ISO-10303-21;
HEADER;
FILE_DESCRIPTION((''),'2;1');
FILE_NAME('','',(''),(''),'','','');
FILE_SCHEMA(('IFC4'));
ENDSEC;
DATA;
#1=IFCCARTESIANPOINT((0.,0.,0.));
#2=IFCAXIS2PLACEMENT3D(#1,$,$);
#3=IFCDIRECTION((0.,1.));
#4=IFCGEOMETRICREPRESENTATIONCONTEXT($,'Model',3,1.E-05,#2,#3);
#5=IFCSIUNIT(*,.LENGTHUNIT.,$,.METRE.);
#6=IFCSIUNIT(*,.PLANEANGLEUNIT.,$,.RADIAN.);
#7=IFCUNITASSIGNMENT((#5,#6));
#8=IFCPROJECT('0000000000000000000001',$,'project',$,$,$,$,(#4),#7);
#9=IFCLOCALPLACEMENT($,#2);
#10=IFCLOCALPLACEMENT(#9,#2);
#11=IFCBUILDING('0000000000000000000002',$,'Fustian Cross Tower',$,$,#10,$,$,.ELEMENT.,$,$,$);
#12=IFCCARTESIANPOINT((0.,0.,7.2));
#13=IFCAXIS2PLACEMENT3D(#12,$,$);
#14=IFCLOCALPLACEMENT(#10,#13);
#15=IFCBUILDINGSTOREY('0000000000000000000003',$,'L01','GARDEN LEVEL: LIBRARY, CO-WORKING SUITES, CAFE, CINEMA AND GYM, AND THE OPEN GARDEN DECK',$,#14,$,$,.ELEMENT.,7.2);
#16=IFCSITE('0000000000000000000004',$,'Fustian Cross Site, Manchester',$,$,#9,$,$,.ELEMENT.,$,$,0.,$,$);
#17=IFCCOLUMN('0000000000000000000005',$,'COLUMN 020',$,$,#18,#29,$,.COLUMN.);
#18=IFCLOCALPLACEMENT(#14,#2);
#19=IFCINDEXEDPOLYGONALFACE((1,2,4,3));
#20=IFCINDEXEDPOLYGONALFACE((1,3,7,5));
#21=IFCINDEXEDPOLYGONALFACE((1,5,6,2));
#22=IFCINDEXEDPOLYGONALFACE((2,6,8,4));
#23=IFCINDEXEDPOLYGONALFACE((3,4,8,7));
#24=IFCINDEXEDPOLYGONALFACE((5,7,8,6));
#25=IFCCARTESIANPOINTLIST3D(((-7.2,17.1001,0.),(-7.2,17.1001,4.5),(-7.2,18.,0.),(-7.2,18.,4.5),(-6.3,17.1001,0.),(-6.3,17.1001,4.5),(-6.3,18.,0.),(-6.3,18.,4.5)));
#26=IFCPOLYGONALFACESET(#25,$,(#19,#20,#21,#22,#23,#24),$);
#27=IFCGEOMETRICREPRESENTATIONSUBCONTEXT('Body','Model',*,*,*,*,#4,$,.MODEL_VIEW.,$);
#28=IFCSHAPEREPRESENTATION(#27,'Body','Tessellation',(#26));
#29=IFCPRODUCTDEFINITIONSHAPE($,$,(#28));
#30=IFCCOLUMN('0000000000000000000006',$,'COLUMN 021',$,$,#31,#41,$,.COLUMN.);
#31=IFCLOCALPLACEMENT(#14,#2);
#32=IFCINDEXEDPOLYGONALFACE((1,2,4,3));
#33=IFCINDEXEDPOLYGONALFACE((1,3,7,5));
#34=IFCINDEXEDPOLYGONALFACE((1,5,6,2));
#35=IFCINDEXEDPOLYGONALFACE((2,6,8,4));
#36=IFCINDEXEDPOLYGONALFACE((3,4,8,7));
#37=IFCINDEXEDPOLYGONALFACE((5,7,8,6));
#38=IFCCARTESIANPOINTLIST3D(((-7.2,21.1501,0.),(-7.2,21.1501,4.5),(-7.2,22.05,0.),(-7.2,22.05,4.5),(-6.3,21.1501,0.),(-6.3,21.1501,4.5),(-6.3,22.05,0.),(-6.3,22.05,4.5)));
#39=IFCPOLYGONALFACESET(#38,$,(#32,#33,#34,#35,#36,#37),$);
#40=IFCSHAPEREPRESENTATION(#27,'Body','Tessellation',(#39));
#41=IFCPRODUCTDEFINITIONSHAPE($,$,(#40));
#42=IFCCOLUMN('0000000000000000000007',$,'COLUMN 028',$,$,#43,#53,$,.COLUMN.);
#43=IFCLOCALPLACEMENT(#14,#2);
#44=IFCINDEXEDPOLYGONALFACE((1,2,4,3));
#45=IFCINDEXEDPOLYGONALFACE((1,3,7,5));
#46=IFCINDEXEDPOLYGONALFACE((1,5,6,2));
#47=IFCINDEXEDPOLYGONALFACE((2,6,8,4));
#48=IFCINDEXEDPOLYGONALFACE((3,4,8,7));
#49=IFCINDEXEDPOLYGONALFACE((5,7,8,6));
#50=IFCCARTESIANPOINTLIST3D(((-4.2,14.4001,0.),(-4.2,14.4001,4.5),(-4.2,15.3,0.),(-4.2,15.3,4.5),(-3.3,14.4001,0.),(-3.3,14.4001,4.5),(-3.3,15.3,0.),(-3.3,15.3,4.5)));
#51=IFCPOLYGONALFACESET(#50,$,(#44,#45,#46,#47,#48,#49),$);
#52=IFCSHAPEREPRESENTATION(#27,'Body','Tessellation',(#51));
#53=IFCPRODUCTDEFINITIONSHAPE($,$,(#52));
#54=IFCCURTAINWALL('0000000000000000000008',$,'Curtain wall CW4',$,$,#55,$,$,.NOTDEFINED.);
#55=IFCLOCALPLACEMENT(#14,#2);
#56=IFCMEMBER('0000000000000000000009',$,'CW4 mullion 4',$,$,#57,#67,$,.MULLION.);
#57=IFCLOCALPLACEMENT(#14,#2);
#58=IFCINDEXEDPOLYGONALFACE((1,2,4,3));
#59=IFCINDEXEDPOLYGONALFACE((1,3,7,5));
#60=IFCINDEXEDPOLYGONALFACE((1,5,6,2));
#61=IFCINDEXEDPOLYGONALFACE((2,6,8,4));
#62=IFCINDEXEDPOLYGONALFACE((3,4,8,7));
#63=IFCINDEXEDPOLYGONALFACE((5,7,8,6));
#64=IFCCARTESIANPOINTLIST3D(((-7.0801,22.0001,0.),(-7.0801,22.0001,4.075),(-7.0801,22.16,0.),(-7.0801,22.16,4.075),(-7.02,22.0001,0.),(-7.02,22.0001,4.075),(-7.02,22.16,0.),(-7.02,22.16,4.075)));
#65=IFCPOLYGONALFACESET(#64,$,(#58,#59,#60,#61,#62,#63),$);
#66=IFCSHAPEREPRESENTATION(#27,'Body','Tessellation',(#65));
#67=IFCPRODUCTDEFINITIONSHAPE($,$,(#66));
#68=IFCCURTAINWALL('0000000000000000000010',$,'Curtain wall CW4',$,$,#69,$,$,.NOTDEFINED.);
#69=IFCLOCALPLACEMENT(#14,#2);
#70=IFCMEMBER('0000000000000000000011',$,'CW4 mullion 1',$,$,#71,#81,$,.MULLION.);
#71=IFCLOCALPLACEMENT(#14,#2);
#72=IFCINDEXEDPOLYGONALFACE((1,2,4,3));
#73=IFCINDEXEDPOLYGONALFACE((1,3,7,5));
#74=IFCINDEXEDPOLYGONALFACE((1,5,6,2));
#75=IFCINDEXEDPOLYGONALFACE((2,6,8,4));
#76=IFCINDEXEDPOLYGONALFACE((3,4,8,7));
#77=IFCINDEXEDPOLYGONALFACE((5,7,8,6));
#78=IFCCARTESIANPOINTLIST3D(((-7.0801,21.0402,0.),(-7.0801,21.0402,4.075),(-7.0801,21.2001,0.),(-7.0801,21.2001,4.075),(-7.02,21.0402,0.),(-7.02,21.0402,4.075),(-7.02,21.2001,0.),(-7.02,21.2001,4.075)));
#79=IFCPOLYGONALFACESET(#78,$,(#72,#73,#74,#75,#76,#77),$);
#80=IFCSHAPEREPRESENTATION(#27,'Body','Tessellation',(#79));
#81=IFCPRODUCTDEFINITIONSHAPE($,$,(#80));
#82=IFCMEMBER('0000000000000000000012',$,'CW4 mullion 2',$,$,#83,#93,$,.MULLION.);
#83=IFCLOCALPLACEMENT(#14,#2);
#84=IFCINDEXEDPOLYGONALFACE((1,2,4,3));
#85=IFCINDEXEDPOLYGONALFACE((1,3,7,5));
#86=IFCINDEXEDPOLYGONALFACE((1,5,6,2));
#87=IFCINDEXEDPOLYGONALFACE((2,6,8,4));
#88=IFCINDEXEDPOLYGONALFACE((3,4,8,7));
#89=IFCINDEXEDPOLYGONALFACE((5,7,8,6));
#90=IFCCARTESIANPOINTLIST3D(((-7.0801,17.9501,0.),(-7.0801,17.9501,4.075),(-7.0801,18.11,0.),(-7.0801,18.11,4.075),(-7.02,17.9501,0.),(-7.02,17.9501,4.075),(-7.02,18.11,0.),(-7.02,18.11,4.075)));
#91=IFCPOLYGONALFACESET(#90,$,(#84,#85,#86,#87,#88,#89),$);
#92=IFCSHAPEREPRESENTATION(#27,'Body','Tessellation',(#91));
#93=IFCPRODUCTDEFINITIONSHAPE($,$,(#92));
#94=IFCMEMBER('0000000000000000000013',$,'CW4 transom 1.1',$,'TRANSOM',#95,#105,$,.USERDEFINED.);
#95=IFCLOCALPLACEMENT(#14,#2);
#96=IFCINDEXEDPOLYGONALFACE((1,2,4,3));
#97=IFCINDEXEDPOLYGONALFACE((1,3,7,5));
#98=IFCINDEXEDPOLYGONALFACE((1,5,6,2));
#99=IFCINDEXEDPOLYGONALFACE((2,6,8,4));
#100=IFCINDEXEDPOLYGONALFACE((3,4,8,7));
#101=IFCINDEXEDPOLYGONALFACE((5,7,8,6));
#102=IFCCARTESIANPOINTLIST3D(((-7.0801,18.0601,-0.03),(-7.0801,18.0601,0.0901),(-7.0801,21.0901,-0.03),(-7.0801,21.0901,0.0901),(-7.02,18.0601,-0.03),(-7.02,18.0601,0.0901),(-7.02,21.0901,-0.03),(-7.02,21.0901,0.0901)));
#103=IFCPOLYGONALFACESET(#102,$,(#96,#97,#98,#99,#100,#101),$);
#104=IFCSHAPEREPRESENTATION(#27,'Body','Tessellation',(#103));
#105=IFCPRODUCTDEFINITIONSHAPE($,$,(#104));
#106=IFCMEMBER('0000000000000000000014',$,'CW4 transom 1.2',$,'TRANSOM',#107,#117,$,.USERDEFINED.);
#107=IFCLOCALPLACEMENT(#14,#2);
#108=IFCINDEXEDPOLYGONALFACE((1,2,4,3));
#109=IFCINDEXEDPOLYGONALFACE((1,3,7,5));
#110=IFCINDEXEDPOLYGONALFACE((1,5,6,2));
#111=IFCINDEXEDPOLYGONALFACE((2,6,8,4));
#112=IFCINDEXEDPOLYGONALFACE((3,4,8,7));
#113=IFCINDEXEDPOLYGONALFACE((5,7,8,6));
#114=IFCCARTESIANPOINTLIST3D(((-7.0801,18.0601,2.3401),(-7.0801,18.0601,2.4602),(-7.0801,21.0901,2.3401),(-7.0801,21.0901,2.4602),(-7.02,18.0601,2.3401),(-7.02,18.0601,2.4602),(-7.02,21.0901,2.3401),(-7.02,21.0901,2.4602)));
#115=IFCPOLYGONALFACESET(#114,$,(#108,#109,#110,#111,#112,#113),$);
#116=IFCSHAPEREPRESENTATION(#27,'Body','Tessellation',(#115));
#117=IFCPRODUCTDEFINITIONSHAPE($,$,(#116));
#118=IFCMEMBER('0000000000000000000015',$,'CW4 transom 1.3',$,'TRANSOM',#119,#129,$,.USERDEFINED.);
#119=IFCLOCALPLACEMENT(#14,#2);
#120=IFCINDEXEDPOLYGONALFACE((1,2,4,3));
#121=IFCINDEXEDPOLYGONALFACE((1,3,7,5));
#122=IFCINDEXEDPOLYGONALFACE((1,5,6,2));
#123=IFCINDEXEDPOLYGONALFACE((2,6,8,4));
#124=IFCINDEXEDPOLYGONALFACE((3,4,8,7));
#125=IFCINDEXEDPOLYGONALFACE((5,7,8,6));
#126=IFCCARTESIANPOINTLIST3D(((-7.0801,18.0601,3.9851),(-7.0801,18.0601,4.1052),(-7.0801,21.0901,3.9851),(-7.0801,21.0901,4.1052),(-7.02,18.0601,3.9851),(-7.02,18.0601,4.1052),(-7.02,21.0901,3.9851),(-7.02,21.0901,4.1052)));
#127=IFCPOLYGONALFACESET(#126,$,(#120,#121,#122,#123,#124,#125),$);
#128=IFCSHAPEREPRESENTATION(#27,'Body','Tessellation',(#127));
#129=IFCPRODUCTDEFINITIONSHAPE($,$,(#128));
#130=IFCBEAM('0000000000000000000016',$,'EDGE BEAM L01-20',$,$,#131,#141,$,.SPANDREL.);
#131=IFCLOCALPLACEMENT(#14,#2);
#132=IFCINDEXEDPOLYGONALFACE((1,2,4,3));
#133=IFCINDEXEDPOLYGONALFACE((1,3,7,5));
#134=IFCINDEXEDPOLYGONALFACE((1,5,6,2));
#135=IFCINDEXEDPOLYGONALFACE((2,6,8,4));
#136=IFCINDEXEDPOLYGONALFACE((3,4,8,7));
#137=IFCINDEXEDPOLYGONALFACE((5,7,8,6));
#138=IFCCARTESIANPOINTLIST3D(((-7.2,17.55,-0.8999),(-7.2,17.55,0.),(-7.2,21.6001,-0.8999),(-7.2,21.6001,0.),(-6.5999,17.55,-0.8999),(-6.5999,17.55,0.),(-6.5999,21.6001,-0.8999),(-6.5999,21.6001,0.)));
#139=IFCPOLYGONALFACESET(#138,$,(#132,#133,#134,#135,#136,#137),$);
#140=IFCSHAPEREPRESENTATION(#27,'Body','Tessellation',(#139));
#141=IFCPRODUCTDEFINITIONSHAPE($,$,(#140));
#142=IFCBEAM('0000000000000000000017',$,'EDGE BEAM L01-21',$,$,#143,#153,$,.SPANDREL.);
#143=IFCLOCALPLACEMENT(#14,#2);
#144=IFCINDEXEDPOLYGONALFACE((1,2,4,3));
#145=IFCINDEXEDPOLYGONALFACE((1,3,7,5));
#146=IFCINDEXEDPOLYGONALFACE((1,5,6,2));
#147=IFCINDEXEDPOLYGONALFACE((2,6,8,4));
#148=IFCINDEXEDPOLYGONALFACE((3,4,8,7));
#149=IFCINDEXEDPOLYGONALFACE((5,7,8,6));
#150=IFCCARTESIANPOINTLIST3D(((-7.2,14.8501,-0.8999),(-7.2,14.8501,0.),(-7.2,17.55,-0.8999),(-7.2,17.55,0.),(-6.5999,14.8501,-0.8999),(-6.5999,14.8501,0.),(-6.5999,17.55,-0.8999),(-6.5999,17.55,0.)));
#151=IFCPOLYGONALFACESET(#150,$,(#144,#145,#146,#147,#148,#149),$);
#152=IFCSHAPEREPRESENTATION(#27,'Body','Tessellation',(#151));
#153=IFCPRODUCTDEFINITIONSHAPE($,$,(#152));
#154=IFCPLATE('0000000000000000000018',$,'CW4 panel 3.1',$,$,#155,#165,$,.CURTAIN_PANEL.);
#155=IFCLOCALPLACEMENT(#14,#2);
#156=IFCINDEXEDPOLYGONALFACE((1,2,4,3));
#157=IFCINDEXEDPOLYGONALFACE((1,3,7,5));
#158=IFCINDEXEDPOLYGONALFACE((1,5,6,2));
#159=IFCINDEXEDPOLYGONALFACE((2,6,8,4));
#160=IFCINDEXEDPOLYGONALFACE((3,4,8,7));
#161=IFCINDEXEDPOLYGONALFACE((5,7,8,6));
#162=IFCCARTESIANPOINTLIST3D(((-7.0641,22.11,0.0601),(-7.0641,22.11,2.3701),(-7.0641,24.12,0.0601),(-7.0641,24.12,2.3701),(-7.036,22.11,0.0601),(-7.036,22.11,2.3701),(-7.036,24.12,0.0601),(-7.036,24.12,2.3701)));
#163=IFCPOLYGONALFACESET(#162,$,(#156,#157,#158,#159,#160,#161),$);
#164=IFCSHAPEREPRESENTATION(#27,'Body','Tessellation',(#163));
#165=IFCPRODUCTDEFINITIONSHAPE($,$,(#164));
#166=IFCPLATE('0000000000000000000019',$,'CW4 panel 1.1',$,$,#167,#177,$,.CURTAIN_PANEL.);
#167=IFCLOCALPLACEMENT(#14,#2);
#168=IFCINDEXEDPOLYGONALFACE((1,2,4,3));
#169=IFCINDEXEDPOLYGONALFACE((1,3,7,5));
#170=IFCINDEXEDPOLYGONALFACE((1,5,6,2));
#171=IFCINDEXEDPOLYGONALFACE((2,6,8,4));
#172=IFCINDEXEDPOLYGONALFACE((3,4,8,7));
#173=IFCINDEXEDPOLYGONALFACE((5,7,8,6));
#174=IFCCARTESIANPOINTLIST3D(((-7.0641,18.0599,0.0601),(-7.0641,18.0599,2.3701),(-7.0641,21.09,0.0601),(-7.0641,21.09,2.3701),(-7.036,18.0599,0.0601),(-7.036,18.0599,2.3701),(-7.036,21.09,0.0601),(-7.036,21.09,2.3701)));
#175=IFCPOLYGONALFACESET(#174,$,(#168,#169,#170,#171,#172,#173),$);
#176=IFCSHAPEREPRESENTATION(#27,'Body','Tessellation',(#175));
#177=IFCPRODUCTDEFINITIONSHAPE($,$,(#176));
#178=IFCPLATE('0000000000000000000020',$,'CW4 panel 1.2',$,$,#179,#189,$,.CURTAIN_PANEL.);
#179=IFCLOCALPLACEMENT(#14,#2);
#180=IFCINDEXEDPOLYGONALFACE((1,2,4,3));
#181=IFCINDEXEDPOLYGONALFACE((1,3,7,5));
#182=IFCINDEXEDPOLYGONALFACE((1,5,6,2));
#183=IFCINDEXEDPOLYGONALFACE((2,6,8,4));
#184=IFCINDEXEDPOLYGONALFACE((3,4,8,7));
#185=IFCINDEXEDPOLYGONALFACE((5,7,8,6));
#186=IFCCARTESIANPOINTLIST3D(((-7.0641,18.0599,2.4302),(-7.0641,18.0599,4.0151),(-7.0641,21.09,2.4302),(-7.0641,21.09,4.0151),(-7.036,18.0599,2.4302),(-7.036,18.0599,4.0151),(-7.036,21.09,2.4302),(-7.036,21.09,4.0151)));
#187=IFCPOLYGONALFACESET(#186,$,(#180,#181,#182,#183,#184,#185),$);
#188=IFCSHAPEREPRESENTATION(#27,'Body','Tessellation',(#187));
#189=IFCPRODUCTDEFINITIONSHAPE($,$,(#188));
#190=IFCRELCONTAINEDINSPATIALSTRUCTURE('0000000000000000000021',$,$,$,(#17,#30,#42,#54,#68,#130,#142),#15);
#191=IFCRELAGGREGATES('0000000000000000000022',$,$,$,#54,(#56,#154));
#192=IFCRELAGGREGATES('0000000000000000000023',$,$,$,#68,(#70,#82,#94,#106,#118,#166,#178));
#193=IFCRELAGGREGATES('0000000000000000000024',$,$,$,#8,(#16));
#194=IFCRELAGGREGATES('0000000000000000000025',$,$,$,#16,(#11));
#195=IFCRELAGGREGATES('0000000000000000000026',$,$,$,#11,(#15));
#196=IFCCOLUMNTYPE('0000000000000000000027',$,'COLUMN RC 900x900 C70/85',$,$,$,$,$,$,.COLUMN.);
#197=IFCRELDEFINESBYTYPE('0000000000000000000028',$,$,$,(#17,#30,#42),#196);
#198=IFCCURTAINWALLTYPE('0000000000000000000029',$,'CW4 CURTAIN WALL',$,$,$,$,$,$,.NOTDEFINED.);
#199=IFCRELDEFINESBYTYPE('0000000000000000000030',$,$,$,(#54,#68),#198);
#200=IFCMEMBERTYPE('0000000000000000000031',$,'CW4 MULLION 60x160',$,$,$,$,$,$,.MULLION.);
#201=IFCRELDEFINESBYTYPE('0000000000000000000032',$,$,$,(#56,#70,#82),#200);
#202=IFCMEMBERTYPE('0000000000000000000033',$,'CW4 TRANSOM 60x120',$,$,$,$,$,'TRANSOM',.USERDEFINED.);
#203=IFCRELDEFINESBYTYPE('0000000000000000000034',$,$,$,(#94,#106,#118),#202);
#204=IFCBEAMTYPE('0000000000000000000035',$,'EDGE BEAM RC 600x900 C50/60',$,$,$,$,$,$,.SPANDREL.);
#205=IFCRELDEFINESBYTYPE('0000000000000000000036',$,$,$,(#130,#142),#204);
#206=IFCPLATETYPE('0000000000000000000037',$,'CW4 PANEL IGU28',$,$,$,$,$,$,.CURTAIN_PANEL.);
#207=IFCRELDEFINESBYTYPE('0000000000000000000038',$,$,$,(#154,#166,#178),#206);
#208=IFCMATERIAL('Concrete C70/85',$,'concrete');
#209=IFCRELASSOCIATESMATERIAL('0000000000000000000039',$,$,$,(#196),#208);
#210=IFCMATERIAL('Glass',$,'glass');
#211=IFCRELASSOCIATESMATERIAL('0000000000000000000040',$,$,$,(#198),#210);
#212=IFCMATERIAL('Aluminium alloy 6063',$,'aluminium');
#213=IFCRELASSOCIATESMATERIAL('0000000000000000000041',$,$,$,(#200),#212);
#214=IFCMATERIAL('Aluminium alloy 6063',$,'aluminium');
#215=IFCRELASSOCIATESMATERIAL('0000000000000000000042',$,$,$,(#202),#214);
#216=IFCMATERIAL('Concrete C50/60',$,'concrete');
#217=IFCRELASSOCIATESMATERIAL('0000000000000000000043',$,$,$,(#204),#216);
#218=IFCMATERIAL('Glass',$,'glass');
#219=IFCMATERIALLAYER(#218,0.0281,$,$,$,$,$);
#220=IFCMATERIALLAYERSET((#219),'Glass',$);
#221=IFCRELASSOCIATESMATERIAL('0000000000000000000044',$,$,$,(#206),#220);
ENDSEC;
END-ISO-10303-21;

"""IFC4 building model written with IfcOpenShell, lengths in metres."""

from ifc_helpers import new_model, si_unit, direction, frame, origin, origin_2d, place, context, subcontext, project, spatial, rectangle, extrude, material, layer, layer_set, material_profile, profile_set, type_object, element, aggregate, save


model = new_model("IFC4")

# Units and contexts
model_context = context("Model", 3, precision=1e-05, world=origin(), true_north=direction((0.0, 1.0)))
body_context = subcontext(model_context, "Body", "Model", "MODEL_VIEW")
ifc_project = project(units=[si_unit("LENGTHUNIT", "METRE"), si_unit("PLANEANGLEUNIT", "RADIAN")], contexts=[model_context])

# Site, building, storey
site_placement = place(None, origin())
site = spatial("IfcSite", under=ifc_project, at=site_placement, Name="Fustian Cross Site, Manchester", CompositionType="ELEMENT", RefElevation=0.0)
building_placement = place(site_placement, origin())
building = spatial("IfcBuilding", under=site, at=building_placement, Name="Fustian Cross Tower", CompositionType="ELEMENT")
storey_placement = place(building_placement, frame((0.0, 0.0, 7.2)))
storey = spatial("IfcBuildingStorey", under=building, at=storey_placement, Name="L01", Description="GARDEN LEVEL: LIBRARY, CO-WORKING SUITES, CAFE, CINEMA AND GYM, AND THE OPEN GARDEN DECK", CompositionType="ELEMENT", Elevation=7.2)

# Columns
ifc_material_1 = material(Name="Concrete C70/85", Category="concrete")
ifc_material_profile_1 = material_profile(ifc_material_1, rectangle(XDim=0.8999, YDim=0.8999, at=origin_2d()), Name="RC 900x900")
ifc_profile_set_1 = profile_set([ifc_material_profile_1], Name="Concrete C70/85")
column_type = type_object("IfcColumnType", Name="COLUMN RC 900x900 C70/85", PredefinedType="COLUMN", material=ifc_profile_set_1)
for number, where, z_axis, x_axis, name in (
    (1, (-6.75, 17.55, 0.0), (0.0, 0.0, 1.0), (1.0, 0.0, 0.0), "COLUMN 020"),
    (2, (-6.75, 21.6001, 0.0), (0.0, 0.0, 1.0), (1.0, 0.0, 0.0), "COLUMN 021"),
    (3, (-3.75, 14.8501, 0.0), (0.0, 0.0, 1.0), (1.0, 0.0, 0.0), "COLUMN 028"),
):
    element("IfcColumn", number, at=place(storey_placement, frame(where, z_axis=z_axis, x_axis=x_axis)), inside=storey, type_object=column_type, Name=name, PredefinedType="COLUMN", context=body_context, shape_type="SweptSolid", body=[
        extrude(rectangle(XDim=0.8999, YDim=0.8999, at=origin_2d()), origin(), (0.0, 0.0, 1.0), 4.5),
    ])

# Curtain wall, member
ifc_material_2 = material(Name="Glass", Category="glass")
curtain_wall_type = type_object("IfcCurtainWallType", Name="CW4 CURTAIN WALL", PredefinedType="NOTDEFINED", material=ifc_material_2)
curtain_wall_1_placement = place(storey_placement, origin())
curtain_wall_1 = element("IfcCurtainWall", 4, at=curtain_wall_1_placement, inside=storey, type_object=curtain_wall_type, Name="Curtain wall CW4", PredefinedType="NOTDEFINED")
ifc_material_3 = material(Name="Aluminium alloy 6063", Category="aluminium")
ifc_material_profile_2 = material_profile(ifc_material_3, rectangle(XDim=0.0601, YDim=0.1599, at=origin_2d()), Name="CW4 MULLION 60x160")
ifc_profile_set_2 = profile_set([ifc_material_profile_2], Name="Aluminium alloy 6063")
member_type_1 = type_object("IfcMemberType", Name="CW4 MULLION 60x160", PredefinedType="MULLION", material=ifc_profile_set_2)
member_1_placement = place(storey_placement, frame((-7.05, 22.0801, 0.0), z_axis=(0.0, 0.0, 1.0), x_axis=(1.0, 0.0, 0.0)))
member_1 = element("IfcMember", 5, at=member_1_placement, type_object=member_type_1, Name="CW4 mullion 4", PredefinedType="MULLION", context=body_context, shape_type="SweptSolid", body=[
    extrude(rectangle(XDim=0.0601, YDim=0.1599, at=origin_2d()), origin(), (0.0, 0.0, 1.0), 4.075),
])

# Curtain wall, members
curtain_wall_2_placement = place(storey_placement, origin())
curtain_wall_2 = element("IfcCurtainWall", 6, at=curtain_wall_2_placement, inside=storey, type_object=curtain_wall_type, Name="Curtain wall CW4", PredefinedType="NOTDEFINED")
member_2_placement = place(storey_placement, frame((-7.05, 21.1201, 0.0), z_axis=(0.0, 0.0, 1.0), x_axis=(1.0, 0.0, 0.0)))
member_2 = element("IfcMember", 7, at=member_2_placement, type_object=member_type_1, Name="CW4 mullion 1", PredefinedType="MULLION", context=body_context, shape_type="SweptSolid", body=[
    extrude(rectangle(XDim=0.0601, YDim=0.1599, at=origin_2d()), origin(), (0.0, 0.0, 1.0), 4.075),
])
member_3_placement = place(storey_placement, frame((-7.05, 18.03, 0.0), z_axis=(0.0, 0.0, 1.0), x_axis=(1.0, 0.0, 0.0)))
member_3 = element("IfcMember", 8, at=member_3_placement, type_object=member_type_1, Name="CW4 mullion 2", PredefinedType="MULLION", context=body_context, shape_type="SweptSolid", body=[
    extrude(rectangle(XDim=0.0601, YDim=0.1599, at=origin_2d()), origin(), (0.0, 0.0, 1.0), 4.075),
])
ifc_material_4 = material(Name="Aluminium alloy 6063", Category="aluminium")
ifc_material_profile_3 = material_profile(ifc_material_4, rectangle(XDim=0.0601, YDim=0.1201, at=origin_2d()), Name="CW4 TRANSOM 60x120")
ifc_profile_set_3 = profile_set([ifc_material_profile_3], Name="Aluminium alloy 6063")
member_type_2 = type_object("IfcMemberType", Name="CW4 TRANSOM 60x120", ElementType="TRANSOM", PredefinedType="USERDEFINED", material=ifc_profile_set_3)
member_4_placement = place(storey_placement, frame((-7.05, 21.0901, 0.03), z_axis=(0.0, -1.0, 0.0), x_axis=(1.0, 0.0, 0.0)))
member_4 = element("IfcMember", 9, at=member_4_placement, type_object=member_type_2, Name="CW4 transom 1.1", ObjectType="TRANSOM", PredefinedType="USERDEFINED", context=body_context, shape_type="SweptSolid", body=[
    extrude(rectangle(XDim=0.0601, YDim=0.1201, at=origin_2d()), origin(), (0.0, 0.0, 1.0), 3.03),
])
member_5_placement = place(storey_placement, frame((-7.05, 21.0901, 2.4001), z_axis=(0.0, -1.0, 0.0), x_axis=(1.0, 0.0, 0.0)))
member_5 = element("IfcMember", 10, at=member_5_placement, type_object=member_type_2, Name="CW4 transom 1.2", ObjectType="TRANSOM", PredefinedType="USERDEFINED", context=body_context, shape_type="SweptSolid", body=[
    extrude(rectangle(XDim=0.0601, YDim=0.1201, at=origin_2d()), origin(), (0.0, 0.0, 1.0), 3.03),
])
member_6_placement = place(storey_placement, frame((-7.05, 21.0901, 4.0452), z_axis=(0.0, -1.0, 0.0), x_axis=(1.0, 0.0, 0.0)))
member_6 = element("IfcMember", 11, at=member_6_placement, type_object=member_type_2, Name="CW4 transom 1.3", ObjectType="TRANSOM", PredefinedType="USERDEFINED", context=body_context, shape_type="SweptSolid", body=[
    extrude(rectangle(XDim=0.0601, YDim=0.1201, at=origin_2d()), origin(), (0.0, 0.0, 1.0), 3.03),
])

# Beams
ifc_material_5 = material(Name="Concrete C50/60", Category="concrete")
ifc_material_profile_4 = material_profile(ifc_material_5, rectangle(XDim=0.6001, YDim=0.8999, at=origin_2d()), Name="RC 600x900")
ifc_profile_set_4 = profile_set([ifc_material_profile_4], Name="Concrete C50/60")
beam_type = type_object("IfcBeamType", Name="EDGE BEAM RC 600x900 C50/60", PredefinedType="SPANDREL", material=ifc_profile_set_4)
beam_1_placement = place(storey_placement, frame((-6.8999, 21.6001, -0.45), z_axis=(0.0, -1.0, 0.0), x_axis=(1.0, 0.0, 0.0)))
element("IfcBeam", 12, at=beam_1_placement, inside=storey, type_object=beam_type, Name="EDGE BEAM L01-20", PredefinedType="SPANDREL", context=body_context, shape_type="SweptSolid", body=[
    extrude(rectangle(XDim=0.6001, YDim=0.8999, at=origin_2d()), origin(), (0.0, 0.0, 1.0), 4.05),
])
beam_2_placement = place(storey_placement, frame((-6.8999, 17.55, -0.45), z_axis=(0.0, -1.0, 0.0), x_axis=(1.0, 0.0, 0.0)))
element("IfcBeam", 13, at=beam_2_placement, inside=storey, type_object=beam_type, Name="EDGE BEAM L01-21", PredefinedType="SPANDREL", context=body_context, shape_type="SweptSolid", body=[
    extrude(rectangle(XDim=0.6001, YDim=0.8999, at=origin_2d()), origin(), (0.0, 0.0, 1.0), 2.7),
])

# Plates
ifc_material_6 = material(Name="Glass", Category="glass")
ifc_layer_1 = layer(ifc_material_6, 0.0281)
ifc_layer_set_1 = layer_set([ifc_layer_1], Name="Glass")
plate_type = type_object("IfcPlateType", Name="CW4 PANEL IGU28", PredefinedType="CURTAIN_PANEL", material=ifc_layer_set_1)
plate_1_placement = place(storey_placement, frame((-7.05, 23.115, 0.0601), z_axis=(0.0, 0.0, 1.0), x_axis=(0.0, -1.0, 0.0)))
plate_1 = element("IfcPlate", 14, at=plate_1_placement, type_object=plate_type, Name="CW4 panel 3.1", PredefinedType="CURTAIN_PANEL", context=body_context, shape_type="SweptSolid", body=[
    extrude(rectangle(XDim=2.01, YDim=0.0281, at=origin_2d()), origin(), (0.0, 0.0, 1.0), 2.3101),
])
aggregate(curtain_wall_1, [member_1, plate_1])
plate_2_placement = place(storey_placement, frame((-7.05, 19.575, 0.0601), z_axis=(0.0, 0.0, 1.0), x_axis=(0.0, -1.0, 0.0)))
plate_2 = element("IfcPlate", 15, at=plate_2_placement, type_object=plate_type, Name="CW4 panel 1.1", PredefinedType="CURTAIN_PANEL", context=body_context, shape_type="SweptSolid", body=[
    extrude(rectangle(XDim=3.03, YDim=0.0281, at=origin_2d()), origin(), (0.0, 0.0, 1.0), 2.3101),
])
plate_3_placement = place(storey_placement, frame((-7.05, 19.575, 2.4302), z_axis=(0.0, 0.0, 1.0), x_axis=(0.0, -1.0, 0.0)))
plate_3 = element("IfcPlate", 16, at=plate_3_placement, type_object=plate_type, Name="CW4 panel 1.2", PredefinedType="CURTAIN_PANEL", context=body_context, shape_type="SweptSolid", body=[
    extrude(rectangle(XDim=3.03, YDim=0.0281, at=origin_2d()), origin(), (0.0, 0.0, 1.0), 1.585),
])
aggregate(curtain_wall_2, [member_2, member_3, member_4, member_5, member_6, plate_2, plate_3])

save(model, "model.ifc")
